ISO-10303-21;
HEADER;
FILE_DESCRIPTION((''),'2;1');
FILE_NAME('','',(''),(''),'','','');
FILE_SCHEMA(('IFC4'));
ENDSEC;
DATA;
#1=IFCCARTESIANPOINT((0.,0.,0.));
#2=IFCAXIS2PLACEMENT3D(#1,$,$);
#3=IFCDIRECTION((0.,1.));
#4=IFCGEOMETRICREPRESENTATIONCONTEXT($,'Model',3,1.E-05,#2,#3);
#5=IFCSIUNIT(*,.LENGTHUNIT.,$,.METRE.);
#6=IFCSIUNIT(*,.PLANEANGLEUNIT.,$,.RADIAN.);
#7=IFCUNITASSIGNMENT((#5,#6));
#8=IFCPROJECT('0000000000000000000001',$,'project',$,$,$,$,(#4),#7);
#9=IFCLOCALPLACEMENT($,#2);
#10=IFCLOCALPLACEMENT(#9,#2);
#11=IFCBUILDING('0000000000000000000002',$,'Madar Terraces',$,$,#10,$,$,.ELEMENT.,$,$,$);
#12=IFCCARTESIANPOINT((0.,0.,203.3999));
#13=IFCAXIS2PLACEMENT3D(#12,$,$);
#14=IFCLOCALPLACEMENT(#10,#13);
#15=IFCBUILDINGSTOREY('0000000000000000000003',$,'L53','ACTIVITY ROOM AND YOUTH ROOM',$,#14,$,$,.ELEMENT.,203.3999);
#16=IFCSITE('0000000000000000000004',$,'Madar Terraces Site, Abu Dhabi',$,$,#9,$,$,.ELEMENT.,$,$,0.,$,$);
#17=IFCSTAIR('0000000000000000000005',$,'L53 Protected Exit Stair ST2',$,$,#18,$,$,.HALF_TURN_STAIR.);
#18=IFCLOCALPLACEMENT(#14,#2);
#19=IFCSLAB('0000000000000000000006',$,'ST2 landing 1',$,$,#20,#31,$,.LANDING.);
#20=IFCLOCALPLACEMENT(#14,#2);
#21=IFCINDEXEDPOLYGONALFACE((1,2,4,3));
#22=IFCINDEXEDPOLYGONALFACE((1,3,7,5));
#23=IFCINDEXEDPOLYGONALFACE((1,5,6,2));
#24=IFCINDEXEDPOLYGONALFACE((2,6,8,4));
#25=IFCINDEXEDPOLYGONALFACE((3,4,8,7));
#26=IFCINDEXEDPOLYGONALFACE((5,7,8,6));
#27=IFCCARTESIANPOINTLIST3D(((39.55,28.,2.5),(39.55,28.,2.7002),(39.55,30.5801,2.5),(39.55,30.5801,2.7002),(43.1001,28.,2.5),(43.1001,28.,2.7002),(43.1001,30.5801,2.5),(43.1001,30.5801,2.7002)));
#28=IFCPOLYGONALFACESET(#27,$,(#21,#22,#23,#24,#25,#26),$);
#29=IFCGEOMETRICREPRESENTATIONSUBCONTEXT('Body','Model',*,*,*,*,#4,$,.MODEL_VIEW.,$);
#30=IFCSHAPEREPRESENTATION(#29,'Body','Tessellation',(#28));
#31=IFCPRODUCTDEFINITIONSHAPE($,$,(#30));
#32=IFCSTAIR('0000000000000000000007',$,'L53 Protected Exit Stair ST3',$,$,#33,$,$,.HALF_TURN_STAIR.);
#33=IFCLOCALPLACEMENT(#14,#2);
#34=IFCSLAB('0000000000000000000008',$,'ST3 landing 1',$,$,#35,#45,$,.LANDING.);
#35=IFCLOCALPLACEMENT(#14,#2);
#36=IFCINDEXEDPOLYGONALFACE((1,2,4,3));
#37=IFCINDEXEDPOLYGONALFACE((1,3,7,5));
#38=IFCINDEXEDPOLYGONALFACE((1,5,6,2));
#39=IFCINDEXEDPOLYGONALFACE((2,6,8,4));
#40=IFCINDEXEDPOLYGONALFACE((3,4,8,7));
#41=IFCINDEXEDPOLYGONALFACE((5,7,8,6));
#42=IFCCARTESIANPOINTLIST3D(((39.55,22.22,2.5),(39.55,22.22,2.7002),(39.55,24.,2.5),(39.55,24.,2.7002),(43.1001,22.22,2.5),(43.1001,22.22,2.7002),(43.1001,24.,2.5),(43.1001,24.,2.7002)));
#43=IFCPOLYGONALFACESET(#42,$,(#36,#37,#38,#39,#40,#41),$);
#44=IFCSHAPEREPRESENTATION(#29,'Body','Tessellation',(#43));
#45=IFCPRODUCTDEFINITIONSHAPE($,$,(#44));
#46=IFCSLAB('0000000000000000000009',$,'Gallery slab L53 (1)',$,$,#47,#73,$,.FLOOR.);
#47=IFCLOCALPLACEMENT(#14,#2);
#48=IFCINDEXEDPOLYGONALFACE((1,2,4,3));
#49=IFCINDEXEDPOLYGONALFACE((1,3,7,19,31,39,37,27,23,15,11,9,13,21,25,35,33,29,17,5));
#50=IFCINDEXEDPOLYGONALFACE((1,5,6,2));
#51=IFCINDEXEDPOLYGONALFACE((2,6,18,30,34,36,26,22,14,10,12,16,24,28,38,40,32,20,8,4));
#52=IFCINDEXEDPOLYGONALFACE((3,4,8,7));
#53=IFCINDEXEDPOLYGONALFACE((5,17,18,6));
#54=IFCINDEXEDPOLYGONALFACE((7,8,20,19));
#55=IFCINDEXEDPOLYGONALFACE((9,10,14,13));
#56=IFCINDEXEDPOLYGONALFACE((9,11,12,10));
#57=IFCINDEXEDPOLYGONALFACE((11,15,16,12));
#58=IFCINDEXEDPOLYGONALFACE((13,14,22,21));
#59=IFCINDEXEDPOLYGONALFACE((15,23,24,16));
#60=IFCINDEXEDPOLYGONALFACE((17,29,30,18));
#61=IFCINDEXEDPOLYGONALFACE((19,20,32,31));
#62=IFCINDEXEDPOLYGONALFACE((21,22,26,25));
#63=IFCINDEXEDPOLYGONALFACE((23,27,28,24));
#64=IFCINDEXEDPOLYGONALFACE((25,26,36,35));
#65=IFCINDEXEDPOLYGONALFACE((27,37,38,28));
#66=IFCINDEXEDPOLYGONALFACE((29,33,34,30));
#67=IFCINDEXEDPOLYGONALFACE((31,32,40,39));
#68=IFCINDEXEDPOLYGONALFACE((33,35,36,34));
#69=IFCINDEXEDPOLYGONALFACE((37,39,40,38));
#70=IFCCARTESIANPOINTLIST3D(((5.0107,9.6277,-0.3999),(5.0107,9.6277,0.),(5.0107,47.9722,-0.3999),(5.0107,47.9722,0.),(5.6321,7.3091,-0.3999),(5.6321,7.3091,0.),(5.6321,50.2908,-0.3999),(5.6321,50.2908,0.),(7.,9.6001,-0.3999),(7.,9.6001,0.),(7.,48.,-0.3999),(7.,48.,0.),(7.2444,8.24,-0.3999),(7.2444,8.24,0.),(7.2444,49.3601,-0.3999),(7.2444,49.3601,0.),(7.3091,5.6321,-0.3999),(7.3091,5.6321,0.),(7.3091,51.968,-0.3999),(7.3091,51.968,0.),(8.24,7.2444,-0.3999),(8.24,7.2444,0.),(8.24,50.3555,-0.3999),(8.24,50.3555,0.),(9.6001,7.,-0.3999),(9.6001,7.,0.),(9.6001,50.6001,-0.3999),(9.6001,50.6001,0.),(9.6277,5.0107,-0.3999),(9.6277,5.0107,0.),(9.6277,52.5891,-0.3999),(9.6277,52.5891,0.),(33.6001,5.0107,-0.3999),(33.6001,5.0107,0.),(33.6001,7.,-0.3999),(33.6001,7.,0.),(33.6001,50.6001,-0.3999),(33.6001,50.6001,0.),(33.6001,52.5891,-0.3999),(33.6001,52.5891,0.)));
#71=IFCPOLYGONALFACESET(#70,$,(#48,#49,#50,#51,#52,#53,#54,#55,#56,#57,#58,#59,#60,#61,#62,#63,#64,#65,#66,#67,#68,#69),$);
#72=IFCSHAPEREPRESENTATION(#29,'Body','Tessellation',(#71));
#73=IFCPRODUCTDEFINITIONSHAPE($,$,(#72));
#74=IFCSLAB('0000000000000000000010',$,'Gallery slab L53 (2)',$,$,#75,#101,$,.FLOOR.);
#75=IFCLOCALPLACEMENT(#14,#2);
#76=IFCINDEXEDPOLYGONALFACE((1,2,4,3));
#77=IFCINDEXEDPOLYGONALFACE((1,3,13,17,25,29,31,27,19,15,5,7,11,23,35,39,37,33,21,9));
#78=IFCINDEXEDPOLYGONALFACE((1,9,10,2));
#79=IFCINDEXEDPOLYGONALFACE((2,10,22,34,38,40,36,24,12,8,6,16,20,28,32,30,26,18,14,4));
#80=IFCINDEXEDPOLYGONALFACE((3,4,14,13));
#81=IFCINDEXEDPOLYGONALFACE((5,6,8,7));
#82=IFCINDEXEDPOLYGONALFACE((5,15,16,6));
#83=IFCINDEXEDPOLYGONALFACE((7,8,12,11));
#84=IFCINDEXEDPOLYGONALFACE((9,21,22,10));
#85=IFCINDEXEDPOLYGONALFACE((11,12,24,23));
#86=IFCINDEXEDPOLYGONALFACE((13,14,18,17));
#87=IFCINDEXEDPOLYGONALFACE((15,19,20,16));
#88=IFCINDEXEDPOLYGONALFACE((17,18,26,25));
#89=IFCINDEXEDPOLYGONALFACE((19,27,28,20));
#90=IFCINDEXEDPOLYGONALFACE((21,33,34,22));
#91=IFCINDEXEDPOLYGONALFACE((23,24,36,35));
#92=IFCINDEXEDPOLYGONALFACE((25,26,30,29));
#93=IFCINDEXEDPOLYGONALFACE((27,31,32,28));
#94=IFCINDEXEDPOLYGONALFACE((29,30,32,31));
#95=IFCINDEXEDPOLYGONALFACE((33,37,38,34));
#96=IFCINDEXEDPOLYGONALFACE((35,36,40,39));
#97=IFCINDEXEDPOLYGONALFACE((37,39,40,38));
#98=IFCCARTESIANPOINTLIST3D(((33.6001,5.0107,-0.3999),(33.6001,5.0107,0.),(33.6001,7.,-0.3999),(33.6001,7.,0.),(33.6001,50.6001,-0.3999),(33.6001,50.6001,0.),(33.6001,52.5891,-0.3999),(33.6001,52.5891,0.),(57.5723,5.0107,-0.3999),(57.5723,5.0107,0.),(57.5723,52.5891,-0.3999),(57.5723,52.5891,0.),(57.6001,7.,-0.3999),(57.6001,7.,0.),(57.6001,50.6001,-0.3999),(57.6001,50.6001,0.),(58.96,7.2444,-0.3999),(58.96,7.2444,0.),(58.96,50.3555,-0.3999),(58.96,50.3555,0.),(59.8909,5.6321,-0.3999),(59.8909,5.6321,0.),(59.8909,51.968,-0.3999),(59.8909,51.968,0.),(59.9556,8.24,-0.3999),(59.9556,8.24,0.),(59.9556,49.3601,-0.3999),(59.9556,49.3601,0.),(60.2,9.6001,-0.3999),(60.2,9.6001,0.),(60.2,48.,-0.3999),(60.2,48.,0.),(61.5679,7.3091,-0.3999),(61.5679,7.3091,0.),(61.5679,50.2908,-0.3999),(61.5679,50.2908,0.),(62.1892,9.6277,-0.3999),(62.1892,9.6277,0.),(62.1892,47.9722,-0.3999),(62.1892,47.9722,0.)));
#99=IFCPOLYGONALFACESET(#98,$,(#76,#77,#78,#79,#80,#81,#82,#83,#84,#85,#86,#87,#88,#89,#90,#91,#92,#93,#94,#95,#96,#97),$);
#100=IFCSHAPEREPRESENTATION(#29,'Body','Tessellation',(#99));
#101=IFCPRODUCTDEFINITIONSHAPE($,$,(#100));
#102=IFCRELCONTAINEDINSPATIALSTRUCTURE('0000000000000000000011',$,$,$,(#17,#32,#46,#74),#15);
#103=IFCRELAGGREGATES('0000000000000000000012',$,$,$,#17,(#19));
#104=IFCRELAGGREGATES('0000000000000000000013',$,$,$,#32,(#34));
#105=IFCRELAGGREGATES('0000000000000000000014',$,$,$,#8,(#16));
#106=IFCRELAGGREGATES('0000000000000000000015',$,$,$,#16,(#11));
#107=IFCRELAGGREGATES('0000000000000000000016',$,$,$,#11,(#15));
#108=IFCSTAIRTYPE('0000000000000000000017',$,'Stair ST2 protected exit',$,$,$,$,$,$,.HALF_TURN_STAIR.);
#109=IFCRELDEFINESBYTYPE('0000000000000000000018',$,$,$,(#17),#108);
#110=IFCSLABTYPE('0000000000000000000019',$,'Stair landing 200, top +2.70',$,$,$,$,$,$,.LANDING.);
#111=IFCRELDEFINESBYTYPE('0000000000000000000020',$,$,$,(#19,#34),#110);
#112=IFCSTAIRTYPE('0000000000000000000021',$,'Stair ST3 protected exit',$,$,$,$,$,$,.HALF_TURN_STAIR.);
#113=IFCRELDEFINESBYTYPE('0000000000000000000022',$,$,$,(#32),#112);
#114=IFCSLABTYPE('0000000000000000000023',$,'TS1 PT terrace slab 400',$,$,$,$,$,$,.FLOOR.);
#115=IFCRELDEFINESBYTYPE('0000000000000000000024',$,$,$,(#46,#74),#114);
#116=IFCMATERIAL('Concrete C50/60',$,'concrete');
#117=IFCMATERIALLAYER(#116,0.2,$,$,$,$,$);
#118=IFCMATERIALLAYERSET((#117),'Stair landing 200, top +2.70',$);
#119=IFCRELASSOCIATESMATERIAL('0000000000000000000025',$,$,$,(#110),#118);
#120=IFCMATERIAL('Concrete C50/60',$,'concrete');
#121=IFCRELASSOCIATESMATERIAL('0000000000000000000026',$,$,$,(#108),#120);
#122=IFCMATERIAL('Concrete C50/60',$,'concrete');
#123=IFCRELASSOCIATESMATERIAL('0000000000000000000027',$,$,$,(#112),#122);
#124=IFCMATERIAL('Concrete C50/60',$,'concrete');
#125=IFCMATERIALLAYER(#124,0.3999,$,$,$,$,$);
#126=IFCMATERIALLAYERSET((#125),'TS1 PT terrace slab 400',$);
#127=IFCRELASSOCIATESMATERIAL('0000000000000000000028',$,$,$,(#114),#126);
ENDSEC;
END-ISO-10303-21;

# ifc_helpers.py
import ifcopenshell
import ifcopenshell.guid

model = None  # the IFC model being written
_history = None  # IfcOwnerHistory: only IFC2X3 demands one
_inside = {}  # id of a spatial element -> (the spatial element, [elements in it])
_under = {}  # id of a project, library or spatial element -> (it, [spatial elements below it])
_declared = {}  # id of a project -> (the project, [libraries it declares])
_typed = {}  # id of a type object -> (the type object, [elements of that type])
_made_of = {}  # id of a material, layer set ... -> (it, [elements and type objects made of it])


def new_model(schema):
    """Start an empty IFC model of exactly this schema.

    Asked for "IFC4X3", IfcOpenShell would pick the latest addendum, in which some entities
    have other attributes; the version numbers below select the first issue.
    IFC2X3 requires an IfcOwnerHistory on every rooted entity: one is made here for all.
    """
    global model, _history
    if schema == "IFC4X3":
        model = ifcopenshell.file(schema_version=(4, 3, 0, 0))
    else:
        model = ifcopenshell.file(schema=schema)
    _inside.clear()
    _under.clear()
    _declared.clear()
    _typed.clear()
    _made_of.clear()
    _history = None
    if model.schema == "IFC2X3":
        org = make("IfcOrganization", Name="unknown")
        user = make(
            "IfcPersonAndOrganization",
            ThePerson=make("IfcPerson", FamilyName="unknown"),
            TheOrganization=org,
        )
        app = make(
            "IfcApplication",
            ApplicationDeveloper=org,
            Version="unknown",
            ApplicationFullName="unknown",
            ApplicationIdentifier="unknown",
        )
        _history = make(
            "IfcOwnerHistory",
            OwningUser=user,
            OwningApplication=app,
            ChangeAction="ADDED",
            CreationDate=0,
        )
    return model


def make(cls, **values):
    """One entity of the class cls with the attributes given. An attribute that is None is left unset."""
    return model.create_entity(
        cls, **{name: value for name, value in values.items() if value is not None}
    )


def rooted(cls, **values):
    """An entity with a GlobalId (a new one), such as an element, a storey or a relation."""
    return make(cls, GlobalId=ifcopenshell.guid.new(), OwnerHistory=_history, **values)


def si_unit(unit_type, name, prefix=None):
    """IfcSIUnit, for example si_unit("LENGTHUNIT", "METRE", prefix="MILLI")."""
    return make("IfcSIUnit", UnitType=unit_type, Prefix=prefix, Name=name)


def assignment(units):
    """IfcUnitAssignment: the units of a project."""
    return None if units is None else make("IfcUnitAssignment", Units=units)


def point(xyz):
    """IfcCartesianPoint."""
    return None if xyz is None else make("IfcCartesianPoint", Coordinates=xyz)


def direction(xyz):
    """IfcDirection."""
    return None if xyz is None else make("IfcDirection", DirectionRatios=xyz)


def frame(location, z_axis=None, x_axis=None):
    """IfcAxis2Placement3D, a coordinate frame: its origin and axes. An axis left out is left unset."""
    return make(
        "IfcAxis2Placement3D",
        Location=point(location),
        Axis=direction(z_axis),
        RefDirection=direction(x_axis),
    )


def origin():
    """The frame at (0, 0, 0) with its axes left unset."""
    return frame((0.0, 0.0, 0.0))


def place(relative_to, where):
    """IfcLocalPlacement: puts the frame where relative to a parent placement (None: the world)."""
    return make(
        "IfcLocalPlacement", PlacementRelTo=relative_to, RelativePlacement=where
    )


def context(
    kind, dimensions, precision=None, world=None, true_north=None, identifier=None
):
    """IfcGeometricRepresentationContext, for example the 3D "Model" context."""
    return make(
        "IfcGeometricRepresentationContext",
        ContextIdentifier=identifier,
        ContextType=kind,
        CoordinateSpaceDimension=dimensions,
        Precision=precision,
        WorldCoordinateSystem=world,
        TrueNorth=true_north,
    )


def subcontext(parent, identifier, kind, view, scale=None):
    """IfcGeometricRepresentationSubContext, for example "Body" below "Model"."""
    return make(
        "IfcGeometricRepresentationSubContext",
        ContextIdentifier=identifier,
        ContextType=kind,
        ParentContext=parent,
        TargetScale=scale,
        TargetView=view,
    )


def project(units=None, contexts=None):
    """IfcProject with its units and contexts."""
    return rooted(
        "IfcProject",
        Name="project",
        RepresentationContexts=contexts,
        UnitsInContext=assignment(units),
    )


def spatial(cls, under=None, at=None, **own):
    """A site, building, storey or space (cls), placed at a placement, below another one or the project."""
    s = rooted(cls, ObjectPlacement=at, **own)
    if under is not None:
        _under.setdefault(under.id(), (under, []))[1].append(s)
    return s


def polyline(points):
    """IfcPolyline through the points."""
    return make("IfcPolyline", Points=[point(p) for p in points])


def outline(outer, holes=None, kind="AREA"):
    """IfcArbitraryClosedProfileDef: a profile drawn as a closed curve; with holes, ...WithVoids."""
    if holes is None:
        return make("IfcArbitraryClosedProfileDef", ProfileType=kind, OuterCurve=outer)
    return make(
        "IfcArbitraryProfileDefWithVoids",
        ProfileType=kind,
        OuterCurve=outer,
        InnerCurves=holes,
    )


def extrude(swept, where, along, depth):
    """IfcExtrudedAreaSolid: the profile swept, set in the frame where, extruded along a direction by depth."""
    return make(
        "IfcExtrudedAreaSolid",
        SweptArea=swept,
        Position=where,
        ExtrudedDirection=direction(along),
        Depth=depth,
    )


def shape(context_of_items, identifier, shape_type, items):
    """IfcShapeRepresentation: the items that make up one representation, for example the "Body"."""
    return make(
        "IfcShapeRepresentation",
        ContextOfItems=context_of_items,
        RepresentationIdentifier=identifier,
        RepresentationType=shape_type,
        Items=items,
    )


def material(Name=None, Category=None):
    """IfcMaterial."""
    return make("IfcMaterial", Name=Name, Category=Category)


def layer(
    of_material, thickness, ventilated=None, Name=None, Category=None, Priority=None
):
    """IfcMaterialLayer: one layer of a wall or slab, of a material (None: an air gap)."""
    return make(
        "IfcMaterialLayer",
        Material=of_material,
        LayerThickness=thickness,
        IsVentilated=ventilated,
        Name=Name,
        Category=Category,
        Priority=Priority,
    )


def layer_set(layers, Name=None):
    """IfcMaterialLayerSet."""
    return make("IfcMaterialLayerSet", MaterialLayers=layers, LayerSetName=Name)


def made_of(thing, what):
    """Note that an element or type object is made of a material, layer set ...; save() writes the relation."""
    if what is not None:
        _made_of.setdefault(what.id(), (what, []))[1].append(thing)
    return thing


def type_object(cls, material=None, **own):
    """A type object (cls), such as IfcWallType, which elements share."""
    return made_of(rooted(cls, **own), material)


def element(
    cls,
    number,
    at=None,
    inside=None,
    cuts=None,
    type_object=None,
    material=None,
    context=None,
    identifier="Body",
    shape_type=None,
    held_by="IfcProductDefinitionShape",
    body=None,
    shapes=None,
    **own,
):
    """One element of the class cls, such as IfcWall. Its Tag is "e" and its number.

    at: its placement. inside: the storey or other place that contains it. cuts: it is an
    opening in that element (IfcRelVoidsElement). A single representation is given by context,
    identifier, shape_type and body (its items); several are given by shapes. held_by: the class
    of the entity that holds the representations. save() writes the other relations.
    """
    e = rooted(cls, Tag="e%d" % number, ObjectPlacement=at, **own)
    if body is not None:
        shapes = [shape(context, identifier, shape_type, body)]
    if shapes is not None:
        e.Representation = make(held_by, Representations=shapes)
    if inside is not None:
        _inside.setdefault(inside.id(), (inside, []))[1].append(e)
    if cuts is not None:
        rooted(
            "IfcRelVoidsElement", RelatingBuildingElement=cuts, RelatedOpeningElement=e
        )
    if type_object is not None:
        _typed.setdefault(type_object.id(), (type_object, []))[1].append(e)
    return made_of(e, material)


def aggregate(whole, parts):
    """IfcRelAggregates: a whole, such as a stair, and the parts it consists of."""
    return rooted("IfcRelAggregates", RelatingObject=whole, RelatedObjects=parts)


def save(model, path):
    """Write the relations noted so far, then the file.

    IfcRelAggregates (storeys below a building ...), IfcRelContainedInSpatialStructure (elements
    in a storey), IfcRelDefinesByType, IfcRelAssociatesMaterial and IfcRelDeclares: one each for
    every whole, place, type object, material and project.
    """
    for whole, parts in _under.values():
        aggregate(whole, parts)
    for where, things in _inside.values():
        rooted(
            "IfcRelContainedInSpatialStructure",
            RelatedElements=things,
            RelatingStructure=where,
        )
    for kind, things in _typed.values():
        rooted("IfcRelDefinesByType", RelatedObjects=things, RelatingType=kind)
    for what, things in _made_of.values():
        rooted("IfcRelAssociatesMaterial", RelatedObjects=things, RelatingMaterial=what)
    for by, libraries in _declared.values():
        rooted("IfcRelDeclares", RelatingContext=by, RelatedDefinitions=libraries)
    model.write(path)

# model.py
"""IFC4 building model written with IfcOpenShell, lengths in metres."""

from ifc_helpers import new_model, si_unit, direction, frame, origin, place, context, subcontext, project, spatial, polyline, outline, extrude, material, layer, layer_set, type_object, element, aggregate, save


model = new_model("IFC4")

# Units and contexts
model_context = context("Model", 3, precision=1e-05, world=origin(), true_north=direction((0.0, 1.0)))
body_context = subcontext(model_context, "Body", "Model", "MODEL_VIEW")
ifc_project = project(units=[si_unit("LENGTHUNIT", "METRE"), si_unit("PLANEANGLEUNIT", "RADIAN")], contexts=[model_context])

# Site, building, storey
site_placement = place(None, origin())
site = spatial("IfcSite", under=ifc_project, at=site_placement, Name="Madar Terraces Site, Abu Dhabi", CompositionType="ELEMENT", RefElevation=0.0)
building_placement = place(site_placement, origin())
building = spatial("IfcBuilding", under=site, at=building_placement, Name="Madar Terraces", CompositionType="ELEMENT")
storey_placement = place(building_placement, frame((0.0, 0.0, 203.3999)))
storey = spatial("IfcBuildingStorey", under=building, at=storey_placement, Name="L53", Description="ACTIVITY ROOM AND YOUTH ROOM", CompositionType="ELEMENT", Elevation=203.3999)

# Stairs, slabs
ifc_material_1 = material(Name="Concrete C50/60", Category="concrete")
ifc_layer_1 = layer(ifc_material_1, 0.2)
ifc_layer_set_1 = layer_set([ifc_layer_1], Name="Stair landing 200, top +2.70")
slab_type_1 = type_object("IfcSlabType", Name="Stair landing 200, top +2.70", PredefinedType="LANDING", material=ifc_layer_set_1)
ifc_material_2 = material(Name="Concrete C50/60", Category="concrete")
stair_type_1 = type_object("IfcStairType", Name="Stair ST2 protected exit", PredefinedType="HALF_TURN_STAIR", material=ifc_material_2)
stair_1_placement = place(storey_placement, origin())
stair_1 = element("IfcStair", 1, at=stair_1_placement, inside=storey, type_object=stair_type_1, Name="L53 Protected Exit Stair ST2", PredefinedType="HALF_TURN_STAIR")
slab_1_placement = place(storey_placement, frame((0.0, 0.0, 2.5)))
slab_1 = element("IfcSlab", 2, at=slab_1_placement, type_object=slab_type_1, Name="ST2 landing 1", PredefinedType="LANDING", context=body_context, shape_type="SweptSolid", body=[
    extrude(outline(polyline([(39.55, 28.0), (43.1001, 28.0), (43.1001, 30.5801), (39.55, 30.5801), (39.55, 28.0)])), origin(), (0.0, 0.0, 1.0), 0.2002),
])
aggregate(stair_1, [slab_1])
ifc_material_3 = material(Name="Concrete C50/60", Category="concrete")
stair_type_2 = type_object("IfcStairType", Name="Stair ST3 protected exit", PredefinedType="HALF_TURN_STAIR", material=ifc_material_3)
stair_2_placement = place(storey_placement, origin())
stair_2 = element("IfcStair", 3, at=stair_2_placement, inside=storey, type_object=stair_type_2, Name="L53 Protected Exit Stair ST3", PredefinedType="HALF_TURN_STAIR")
slab_2_placement = place(storey_placement, frame((0.0, 0.0, 2.5)))
slab_2 = element("IfcSlab", 4, at=slab_2_placement, type_object=slab_type_1, Name="ST3 landing 1", PredefinedType="LANDING", context=body_context, shape_type="SweptSolid", body=[
    extrude(outline(polyline([(39.55, 22.22), (43.1001, 22.22), (43.1001, 24.0), (39.55, 24.0), (39.55, 22.22)])), origin(), (0.0, 0.0, 1.0), 0.2002),
])
aggregate(stair_2, [slab_2])

# Slabs
ifc_material_4 = material(Name="Concrete C50/60", Category="concrete")
ifc_layer_2 = layer(ifc_material_4, 0.3999)
ifc_layer_set_2 = layer_set([ifc_layer_2], Name="TS1 PT terrace slab 400")
slab_type_2 = type_object("IfcSlabType", Name="TS1 PT terrace slab 400", PredefinedType="FLOOR", material=ifc_layer_set_2)
slab_3_placement = place(storey_placement, frame((0.0, 0.0, -0.3999)))
element("IfcSlab", 5, at=slab_3_placement, inside=storey, type_object=slab_type_2, Name="Gallery slab L53 (1)", PredefinedType="FLOOR", context=body_context, shape_type="SweptSolid", body=[
    extrude(outline(polyline([(7.3091, 5.6321), (9.6277, 5.0107), (33.6001, 5.0107), (33.6001, 7.0), (9.6001, 7.0), (8.24, 7.2444), (7.2444, 8.24), (7.0, 9.6001), (7.0, 48.0), (7.2444, 49.3601), (8.24, 50.3555), (9.6001, 50.6001), (33.6001, 50.6001), (33.6001, 52.5891), (9.6277, 52.5891), (7.3091, 51.968), (5.6321, 50.2908), (5.0107, 47.9722), (5.0107, 9.6277), (5.6321, 7.3091), (7.3091, 5.6321)])), origin(), (0.0, 0.0, 1.0), 0.3999),
])
slab_4_placement = place(storey_placement, frame((0.0, 0.0, -0.3999)))
element("IfcSlab", 6, at=slab_4_placement, inside=storey, type_object=slab_type_2, Name="Gallery slab L53 (2)", PredefinedType="FLOOR", context=body_context, shape_type="SweptSolid", body=[
    extrude(outline(polyline([(33.6001, 52.5891), (33.6001, 50.6001), (57.6001, 50.6001), (58.96, 50.3555), (59.9556, 49.3601), (60.2, 48.0), (60.2, 9.6001), (59.9556, 8.24), (58.96, 7.2444), (57.6001, 7.0), (33.6001, 7.0), (33.6001, 5.0107), (57.5723, 5.0107), (59.8909, 5.6321), (61.5679, 7.3091), (62.1892, 9.6277), (62.1892, 47.9722), (61.5679, 50.2908), (59.8909, 51.968), (57.5723, 52.5891), (33.6001, 52.5891)])), origin(), (0.0, 0.0, 1.0), 0.3999),
])

save(model, "model.ifc")
